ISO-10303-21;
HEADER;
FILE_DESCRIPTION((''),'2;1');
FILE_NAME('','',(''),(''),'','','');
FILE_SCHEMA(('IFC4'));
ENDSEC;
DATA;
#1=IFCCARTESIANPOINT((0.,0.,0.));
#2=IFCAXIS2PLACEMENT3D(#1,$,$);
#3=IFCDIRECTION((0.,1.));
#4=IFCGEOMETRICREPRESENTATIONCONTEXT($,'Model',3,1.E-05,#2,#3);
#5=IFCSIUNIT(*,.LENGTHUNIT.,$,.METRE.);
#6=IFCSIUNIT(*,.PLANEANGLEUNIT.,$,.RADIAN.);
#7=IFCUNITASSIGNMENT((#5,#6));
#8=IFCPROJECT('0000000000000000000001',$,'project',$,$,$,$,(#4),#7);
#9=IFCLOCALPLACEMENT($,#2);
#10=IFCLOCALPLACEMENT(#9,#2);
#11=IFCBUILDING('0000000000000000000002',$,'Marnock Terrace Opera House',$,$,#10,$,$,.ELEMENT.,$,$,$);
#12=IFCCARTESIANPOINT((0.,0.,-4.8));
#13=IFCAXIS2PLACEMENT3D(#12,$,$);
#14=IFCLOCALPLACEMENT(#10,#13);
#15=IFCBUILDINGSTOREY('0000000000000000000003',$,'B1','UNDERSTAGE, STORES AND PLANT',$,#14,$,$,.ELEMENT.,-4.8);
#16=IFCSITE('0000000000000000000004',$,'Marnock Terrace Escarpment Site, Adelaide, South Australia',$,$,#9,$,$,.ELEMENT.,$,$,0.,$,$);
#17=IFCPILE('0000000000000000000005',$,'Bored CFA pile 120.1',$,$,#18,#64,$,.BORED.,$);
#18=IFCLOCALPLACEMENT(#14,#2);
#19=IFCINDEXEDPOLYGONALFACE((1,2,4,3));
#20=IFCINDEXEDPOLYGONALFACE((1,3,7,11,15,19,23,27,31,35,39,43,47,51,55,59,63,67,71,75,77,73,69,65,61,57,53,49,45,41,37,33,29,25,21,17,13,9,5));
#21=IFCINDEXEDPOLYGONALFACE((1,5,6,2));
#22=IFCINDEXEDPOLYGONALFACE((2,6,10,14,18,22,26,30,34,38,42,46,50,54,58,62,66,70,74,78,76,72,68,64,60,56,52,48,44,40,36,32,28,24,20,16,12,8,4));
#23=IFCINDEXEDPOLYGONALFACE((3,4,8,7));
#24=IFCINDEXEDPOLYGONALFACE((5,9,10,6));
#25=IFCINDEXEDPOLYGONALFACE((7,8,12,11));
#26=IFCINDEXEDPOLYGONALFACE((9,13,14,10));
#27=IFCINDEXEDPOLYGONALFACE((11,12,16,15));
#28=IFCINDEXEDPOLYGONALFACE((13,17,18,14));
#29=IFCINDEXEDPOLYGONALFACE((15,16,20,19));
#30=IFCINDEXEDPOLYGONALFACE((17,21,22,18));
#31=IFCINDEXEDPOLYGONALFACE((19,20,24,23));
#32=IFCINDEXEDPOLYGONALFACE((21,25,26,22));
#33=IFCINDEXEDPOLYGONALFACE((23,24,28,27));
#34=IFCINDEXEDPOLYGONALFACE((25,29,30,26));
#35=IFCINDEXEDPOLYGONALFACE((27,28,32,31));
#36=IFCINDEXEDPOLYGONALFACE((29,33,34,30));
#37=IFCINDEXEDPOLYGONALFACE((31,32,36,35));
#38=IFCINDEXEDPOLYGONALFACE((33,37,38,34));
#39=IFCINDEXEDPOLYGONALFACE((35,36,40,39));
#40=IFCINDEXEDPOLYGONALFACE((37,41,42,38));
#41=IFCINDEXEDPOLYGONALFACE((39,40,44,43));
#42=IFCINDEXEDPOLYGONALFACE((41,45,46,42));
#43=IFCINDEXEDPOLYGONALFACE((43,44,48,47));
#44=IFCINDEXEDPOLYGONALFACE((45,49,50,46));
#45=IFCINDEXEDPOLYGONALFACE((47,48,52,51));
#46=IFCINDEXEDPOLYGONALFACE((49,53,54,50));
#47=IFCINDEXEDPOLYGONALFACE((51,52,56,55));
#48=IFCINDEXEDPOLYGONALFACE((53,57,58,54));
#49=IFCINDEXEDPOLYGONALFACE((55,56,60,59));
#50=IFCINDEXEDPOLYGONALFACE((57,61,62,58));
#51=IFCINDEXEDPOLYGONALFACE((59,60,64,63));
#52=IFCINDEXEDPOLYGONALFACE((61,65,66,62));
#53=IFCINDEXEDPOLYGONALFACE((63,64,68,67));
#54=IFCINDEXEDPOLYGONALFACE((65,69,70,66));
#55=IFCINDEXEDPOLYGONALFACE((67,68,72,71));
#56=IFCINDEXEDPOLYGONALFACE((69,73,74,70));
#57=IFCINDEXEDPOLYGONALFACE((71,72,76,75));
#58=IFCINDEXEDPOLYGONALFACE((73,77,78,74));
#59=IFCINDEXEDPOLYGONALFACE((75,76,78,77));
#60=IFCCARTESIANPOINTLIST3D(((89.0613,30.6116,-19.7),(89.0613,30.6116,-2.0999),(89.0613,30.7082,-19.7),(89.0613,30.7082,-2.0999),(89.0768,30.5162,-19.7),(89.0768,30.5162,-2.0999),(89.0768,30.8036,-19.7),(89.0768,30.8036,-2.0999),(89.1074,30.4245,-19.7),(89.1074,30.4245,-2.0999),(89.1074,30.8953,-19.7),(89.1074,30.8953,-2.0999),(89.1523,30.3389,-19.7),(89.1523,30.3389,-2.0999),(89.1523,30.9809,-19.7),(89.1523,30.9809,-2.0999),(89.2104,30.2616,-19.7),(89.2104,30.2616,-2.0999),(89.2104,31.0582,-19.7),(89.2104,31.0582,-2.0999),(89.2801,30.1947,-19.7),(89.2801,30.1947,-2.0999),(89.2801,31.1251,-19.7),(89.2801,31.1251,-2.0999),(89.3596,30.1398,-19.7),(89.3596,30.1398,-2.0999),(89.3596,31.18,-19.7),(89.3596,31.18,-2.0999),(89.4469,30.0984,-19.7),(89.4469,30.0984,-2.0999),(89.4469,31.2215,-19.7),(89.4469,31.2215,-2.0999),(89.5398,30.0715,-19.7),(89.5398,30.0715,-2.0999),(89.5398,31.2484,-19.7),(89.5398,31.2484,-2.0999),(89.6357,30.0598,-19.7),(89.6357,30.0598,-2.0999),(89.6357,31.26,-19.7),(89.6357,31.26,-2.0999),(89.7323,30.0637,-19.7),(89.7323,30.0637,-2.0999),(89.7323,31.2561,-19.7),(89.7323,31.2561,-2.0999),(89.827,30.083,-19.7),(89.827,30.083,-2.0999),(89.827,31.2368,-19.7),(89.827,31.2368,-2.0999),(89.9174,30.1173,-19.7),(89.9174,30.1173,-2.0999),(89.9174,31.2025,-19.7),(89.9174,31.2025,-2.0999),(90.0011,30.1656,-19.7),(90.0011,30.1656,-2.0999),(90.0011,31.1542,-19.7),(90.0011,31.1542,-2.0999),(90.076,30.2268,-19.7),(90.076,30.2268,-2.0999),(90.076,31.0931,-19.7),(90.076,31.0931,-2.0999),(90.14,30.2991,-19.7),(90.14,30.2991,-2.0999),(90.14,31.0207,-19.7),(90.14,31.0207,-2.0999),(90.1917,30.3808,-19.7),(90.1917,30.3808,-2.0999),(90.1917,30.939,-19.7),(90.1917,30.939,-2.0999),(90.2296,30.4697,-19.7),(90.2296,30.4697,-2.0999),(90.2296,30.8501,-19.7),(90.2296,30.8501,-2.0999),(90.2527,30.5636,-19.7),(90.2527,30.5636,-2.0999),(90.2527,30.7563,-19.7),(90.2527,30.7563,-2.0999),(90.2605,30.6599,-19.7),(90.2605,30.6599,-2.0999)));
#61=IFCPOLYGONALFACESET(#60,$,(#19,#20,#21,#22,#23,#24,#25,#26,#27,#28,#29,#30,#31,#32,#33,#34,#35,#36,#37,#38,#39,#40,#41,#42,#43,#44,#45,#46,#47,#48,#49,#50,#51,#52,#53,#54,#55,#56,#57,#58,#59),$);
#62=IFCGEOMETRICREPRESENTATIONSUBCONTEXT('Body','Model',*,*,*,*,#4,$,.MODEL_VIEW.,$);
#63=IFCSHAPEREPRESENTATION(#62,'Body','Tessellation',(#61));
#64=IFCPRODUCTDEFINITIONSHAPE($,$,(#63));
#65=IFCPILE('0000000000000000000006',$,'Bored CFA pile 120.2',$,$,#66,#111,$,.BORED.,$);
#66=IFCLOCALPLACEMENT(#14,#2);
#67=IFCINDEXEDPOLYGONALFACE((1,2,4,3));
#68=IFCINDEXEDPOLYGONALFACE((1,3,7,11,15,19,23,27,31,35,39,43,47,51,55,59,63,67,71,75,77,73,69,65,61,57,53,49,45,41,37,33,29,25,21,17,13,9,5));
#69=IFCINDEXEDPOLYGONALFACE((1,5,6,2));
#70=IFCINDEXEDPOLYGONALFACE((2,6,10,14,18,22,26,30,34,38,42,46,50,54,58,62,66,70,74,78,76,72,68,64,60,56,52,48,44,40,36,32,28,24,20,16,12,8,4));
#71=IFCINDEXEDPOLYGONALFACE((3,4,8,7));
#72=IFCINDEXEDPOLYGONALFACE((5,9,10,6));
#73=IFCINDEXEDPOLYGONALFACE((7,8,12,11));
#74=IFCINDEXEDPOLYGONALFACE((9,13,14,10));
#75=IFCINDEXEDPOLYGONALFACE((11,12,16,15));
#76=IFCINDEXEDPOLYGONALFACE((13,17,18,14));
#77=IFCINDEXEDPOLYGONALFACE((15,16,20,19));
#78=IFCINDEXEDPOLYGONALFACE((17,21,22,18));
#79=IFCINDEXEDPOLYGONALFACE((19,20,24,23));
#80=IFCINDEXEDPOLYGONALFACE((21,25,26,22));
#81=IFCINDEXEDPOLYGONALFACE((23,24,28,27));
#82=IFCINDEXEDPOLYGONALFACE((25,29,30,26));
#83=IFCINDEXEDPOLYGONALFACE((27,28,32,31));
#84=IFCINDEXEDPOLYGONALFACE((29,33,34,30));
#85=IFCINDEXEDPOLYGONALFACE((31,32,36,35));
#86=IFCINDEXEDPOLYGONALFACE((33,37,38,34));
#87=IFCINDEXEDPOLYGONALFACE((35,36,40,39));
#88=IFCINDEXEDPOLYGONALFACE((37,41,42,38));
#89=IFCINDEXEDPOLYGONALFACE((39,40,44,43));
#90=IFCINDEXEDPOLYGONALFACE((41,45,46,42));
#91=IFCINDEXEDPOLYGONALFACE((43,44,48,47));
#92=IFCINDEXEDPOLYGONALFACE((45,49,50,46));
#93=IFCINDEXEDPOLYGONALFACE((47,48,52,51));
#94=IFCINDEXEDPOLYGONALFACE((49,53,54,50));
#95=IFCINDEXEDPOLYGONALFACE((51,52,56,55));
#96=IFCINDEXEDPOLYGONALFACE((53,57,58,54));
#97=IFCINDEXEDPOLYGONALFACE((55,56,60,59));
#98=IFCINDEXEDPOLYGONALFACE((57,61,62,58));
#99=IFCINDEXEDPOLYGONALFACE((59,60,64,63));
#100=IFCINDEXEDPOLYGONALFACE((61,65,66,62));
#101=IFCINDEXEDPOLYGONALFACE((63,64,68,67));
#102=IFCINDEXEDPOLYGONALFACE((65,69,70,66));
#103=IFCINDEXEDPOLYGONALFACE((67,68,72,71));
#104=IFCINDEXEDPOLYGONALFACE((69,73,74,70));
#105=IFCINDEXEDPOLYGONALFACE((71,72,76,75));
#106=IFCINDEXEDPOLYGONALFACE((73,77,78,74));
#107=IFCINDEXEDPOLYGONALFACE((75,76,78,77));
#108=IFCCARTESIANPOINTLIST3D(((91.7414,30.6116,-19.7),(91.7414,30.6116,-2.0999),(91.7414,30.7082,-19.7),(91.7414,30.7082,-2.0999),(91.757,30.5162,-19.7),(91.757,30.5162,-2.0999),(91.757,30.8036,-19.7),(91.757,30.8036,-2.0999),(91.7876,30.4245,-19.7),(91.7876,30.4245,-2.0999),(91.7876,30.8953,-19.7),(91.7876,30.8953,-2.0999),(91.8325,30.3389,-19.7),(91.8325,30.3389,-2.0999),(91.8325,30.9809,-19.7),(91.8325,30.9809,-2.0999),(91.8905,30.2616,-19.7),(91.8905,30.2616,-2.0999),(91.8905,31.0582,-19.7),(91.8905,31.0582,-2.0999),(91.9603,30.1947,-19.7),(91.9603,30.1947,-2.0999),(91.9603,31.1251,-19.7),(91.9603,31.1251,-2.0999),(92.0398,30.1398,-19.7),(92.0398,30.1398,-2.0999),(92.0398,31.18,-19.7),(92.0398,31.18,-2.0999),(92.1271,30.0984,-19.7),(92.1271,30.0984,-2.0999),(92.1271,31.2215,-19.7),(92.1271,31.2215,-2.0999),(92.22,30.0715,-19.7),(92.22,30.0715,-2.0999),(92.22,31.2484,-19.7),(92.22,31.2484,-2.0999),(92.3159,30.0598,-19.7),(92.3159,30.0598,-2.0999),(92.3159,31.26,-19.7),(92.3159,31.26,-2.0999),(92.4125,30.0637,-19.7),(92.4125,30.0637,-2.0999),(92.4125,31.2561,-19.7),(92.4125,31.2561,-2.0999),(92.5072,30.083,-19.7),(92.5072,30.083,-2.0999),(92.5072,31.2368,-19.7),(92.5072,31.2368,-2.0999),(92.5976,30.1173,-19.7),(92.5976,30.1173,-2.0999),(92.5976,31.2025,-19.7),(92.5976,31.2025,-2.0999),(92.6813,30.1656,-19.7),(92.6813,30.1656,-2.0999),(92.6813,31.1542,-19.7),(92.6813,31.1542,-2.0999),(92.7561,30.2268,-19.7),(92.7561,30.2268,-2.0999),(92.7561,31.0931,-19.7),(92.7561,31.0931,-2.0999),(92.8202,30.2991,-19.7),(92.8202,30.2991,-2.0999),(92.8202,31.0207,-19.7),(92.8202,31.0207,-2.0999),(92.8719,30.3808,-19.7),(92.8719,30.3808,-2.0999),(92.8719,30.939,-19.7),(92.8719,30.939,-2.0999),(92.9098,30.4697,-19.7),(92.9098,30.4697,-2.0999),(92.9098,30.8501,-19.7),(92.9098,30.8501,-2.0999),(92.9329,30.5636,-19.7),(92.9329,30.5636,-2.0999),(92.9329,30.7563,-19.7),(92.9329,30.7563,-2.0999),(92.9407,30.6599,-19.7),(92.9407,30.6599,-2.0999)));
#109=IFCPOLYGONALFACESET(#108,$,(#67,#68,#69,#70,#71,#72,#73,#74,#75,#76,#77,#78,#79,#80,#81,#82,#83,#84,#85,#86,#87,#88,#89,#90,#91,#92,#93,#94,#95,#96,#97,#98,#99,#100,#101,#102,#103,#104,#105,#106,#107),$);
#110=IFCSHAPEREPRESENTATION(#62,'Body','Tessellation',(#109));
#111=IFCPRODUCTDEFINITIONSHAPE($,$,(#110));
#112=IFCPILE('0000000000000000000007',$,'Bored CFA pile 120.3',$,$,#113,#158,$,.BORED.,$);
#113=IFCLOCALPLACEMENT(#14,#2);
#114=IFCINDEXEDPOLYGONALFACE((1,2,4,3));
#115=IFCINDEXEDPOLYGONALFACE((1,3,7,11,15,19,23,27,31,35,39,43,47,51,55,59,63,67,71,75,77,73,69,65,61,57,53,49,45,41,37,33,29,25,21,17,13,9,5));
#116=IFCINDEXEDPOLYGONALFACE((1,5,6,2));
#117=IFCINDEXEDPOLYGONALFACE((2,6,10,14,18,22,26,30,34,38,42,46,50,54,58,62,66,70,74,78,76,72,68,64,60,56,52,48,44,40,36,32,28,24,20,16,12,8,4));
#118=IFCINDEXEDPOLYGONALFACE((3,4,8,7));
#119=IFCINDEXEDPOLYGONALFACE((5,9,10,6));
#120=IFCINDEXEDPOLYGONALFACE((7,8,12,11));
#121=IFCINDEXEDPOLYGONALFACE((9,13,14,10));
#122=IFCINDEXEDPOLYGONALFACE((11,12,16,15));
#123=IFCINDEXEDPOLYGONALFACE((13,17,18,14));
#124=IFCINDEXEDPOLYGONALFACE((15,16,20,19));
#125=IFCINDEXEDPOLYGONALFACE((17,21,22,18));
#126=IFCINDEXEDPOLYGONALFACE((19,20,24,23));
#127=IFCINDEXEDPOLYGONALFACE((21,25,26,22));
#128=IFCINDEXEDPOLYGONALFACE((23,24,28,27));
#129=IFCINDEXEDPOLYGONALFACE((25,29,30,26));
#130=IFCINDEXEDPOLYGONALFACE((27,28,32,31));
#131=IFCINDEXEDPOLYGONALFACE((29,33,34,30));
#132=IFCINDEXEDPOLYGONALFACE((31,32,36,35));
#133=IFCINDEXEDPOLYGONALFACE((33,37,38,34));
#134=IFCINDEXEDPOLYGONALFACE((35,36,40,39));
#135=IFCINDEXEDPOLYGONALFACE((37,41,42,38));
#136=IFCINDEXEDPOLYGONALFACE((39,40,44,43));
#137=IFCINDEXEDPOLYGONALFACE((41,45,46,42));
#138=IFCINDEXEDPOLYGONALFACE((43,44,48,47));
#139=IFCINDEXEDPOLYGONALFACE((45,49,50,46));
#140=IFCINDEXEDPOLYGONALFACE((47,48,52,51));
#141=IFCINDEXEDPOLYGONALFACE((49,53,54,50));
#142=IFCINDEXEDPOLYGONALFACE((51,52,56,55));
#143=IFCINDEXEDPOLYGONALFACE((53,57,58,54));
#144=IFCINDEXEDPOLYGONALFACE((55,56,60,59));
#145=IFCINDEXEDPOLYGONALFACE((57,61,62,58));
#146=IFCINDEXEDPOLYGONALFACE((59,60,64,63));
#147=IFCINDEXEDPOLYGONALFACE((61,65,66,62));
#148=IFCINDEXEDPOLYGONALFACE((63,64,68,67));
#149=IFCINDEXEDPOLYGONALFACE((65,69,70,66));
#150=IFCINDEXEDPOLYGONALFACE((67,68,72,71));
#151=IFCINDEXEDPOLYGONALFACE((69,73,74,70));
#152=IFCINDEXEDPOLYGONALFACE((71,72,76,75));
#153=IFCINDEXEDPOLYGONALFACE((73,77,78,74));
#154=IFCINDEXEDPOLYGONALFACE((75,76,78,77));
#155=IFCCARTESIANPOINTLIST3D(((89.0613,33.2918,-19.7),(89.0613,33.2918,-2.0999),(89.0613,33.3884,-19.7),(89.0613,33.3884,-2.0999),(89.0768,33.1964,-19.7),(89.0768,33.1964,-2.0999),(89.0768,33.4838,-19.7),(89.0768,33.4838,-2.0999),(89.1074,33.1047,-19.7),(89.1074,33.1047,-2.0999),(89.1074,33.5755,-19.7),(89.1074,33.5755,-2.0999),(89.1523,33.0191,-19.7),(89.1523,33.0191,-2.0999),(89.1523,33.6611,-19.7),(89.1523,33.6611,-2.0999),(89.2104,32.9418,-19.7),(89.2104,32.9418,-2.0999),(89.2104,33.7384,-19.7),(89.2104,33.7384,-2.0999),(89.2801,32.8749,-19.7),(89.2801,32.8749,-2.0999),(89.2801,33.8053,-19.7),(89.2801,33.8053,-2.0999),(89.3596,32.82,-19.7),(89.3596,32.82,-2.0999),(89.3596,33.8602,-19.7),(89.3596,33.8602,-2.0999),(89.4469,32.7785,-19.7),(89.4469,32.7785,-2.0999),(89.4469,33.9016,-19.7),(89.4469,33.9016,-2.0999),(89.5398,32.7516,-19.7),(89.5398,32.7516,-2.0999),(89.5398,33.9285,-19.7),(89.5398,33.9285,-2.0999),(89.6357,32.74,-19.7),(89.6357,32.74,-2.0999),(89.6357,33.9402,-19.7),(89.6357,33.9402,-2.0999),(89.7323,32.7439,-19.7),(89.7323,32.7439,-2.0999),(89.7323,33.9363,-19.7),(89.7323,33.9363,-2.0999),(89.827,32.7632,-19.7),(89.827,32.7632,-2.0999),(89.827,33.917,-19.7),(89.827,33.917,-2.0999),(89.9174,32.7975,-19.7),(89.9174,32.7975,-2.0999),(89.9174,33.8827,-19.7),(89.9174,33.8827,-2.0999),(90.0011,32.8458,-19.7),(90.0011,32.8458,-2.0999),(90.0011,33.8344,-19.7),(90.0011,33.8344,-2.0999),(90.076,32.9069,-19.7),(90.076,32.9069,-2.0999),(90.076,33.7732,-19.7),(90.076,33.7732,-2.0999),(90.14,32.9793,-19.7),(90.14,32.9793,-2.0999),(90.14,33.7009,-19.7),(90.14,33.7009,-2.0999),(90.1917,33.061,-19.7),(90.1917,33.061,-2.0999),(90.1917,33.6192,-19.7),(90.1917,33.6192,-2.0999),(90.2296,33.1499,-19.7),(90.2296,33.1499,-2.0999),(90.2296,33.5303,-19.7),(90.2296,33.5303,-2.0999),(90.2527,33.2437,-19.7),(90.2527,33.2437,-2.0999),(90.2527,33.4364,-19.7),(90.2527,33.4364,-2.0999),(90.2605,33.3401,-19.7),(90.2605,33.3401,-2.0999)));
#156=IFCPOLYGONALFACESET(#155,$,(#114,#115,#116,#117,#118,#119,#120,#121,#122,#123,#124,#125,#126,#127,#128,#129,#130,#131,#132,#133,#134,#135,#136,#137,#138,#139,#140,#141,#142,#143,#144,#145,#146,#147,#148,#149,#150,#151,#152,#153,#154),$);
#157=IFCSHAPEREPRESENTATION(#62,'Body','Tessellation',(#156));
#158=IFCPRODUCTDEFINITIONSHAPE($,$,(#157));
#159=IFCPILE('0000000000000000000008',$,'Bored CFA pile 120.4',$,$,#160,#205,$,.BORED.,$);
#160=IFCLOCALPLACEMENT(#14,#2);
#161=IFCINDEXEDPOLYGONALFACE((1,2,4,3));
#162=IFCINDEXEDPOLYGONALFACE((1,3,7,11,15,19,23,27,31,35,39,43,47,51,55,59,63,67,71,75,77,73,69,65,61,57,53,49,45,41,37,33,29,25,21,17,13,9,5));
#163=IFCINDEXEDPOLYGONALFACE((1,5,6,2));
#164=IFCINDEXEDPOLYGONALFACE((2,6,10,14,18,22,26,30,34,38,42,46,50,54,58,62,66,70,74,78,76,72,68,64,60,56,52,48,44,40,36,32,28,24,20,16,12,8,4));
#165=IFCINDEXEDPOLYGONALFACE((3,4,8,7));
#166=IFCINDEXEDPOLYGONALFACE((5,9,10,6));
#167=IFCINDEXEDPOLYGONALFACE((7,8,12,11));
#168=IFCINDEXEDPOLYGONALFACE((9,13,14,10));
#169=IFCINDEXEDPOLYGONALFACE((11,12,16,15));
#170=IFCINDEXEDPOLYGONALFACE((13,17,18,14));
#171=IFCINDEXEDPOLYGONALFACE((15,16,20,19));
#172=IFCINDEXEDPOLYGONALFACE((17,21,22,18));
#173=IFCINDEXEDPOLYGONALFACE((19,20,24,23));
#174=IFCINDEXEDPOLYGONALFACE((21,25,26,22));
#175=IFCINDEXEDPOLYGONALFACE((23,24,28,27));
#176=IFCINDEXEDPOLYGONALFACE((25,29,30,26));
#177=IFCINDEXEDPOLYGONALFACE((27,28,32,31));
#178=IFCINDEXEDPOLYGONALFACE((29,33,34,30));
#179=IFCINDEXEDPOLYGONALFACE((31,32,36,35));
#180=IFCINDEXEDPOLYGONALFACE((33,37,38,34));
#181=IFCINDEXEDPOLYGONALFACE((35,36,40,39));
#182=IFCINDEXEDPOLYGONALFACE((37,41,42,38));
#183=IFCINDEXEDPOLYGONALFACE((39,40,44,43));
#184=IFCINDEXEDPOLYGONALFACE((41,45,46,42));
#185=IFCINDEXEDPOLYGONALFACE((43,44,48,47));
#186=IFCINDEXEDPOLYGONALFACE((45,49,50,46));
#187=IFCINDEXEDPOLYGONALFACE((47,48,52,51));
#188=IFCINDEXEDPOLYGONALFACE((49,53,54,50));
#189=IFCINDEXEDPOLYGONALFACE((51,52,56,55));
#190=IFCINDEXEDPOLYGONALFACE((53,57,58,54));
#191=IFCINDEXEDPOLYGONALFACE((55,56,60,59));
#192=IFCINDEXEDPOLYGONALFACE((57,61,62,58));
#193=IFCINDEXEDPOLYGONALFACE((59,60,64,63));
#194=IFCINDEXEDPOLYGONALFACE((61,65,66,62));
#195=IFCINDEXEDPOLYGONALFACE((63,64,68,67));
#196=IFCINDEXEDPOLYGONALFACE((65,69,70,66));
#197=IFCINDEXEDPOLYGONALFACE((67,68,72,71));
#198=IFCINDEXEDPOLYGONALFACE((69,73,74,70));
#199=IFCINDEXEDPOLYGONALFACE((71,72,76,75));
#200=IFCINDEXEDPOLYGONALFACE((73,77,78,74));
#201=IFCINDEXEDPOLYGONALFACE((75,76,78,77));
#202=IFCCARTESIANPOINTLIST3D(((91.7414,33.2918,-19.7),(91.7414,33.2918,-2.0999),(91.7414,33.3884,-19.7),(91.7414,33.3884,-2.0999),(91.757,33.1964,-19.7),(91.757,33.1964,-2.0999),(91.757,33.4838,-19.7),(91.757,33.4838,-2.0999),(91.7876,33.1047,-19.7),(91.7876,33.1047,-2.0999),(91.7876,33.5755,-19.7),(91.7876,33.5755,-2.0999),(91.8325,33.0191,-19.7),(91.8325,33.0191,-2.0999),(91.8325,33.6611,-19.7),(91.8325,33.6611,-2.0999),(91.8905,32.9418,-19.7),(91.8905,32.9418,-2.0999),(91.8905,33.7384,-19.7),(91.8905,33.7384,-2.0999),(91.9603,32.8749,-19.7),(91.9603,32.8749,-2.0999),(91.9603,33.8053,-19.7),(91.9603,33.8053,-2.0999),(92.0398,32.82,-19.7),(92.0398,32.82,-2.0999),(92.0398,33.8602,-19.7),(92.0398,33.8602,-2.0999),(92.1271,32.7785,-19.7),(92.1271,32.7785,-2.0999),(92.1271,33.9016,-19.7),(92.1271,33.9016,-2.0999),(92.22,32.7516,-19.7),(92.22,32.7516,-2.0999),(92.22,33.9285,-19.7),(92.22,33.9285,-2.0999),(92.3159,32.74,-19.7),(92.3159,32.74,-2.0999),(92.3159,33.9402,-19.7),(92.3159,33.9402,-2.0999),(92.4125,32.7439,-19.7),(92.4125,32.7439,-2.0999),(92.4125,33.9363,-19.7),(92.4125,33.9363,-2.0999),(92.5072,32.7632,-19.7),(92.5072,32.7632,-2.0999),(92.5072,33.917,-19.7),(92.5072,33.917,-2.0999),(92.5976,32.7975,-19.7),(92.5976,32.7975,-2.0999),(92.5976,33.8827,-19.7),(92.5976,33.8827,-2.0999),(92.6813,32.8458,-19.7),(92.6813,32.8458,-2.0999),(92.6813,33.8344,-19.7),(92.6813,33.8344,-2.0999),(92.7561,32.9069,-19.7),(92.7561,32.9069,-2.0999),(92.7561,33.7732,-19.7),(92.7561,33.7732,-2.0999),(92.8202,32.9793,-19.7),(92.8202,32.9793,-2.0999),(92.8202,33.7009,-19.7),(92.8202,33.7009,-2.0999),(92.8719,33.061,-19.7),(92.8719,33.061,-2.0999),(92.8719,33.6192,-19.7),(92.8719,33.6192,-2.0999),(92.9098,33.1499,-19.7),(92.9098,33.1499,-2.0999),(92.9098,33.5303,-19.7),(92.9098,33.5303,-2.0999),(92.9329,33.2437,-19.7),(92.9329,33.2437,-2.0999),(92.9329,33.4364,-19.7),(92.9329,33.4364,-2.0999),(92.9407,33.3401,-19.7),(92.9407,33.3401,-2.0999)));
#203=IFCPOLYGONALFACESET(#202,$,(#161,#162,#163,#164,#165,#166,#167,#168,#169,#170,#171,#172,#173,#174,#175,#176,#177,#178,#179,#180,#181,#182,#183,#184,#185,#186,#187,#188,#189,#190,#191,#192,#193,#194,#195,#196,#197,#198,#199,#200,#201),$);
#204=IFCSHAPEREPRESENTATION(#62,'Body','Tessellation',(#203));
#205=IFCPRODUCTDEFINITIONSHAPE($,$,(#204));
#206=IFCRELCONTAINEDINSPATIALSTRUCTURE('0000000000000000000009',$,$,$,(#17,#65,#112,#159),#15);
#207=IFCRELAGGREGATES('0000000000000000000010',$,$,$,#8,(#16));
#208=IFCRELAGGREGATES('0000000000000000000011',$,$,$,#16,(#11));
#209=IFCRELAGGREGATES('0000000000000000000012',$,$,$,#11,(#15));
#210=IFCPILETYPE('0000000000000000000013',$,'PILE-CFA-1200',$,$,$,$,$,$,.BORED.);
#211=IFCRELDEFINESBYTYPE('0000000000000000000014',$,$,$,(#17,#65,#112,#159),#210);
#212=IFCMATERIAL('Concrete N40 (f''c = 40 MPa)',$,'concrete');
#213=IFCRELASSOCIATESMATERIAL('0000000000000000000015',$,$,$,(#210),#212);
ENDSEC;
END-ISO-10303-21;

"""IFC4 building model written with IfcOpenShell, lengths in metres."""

from ifc_helpers import new_model, si_unit, direction, frame, origin, origin_2d, place, context, subcontext, project, spatial, circle, extrude, material, material_profile, profile_set, type_object, element, save


model = new_model("IFC4")

# Units and contexts
model_context = context("Model", 3, precision=1e-05, world=origin(), true_north=direction((0.0, 1.0)))
body_context = subcontext(model_context, "Body", "Model", "MODEL_VIEW")
ifc_project = project(units=[si_unit("LENGTHUNIT", "METRE"), si_unit("PLANEANGLEUNIT", "RADIAN")], contexts=[model_context])

# Site, building, storey
site_placement = place(None, origin())
site = spatial("IfcSite", under=ifc_project, at=site_placement, Name="Marnock Terrace Escarpment Site, Adelaide, South Australia", CompositionType="ELEMENT", RefElevation=0.0)
building_placement = place(site_placement, origin())
building = spatial("IfcBuilding", under=site, at=building_placement, Name="Marnock Terrace Opera House", CompositionType="ELEMENT")
storey_placement = place(building_placement, frame((0.0, 0.0, -4.8)))
storey = spatial("IfcBuildingStorey", under=building, at=storey_placement, Name="B1", Description="UNDERSTAGE, STORES AND PLANT", CompositionType="ELEMENT", Elevation=-4.8)

# Shared definitions
ifc_material_1 = material(Name="Concrete N40 (f'c = 40 MPa)", Category="concrete")

# Piles
ifc_material_profile_1 = material_profile(ifc_material_1, circle(Radius=0.6006, at=origin_2d()))
ifc_profile_set_1 = profile_set([ifc_material_profile_1], Name="Concrete N40 (f'c = 40 MPa)")
pile_type = type_object("IfcPileType", Name="PILE-CFA-1200", PredefinedType="BORED", material=ifc_profile_set_1)
for number, where, z_axis, x_axis, name in (
    (1, (89.6599, 30.6599, -2.0999), (0.0, 0.0, -1.0), (1.0, 0.0, 0.0), "Bored CFA pile 120.1"),
    (2, (92.3401, 30.6599, -2.0999), (0.0, 0.0, -1.0), (1.0, 0.0, 0.0), "Bored CFA pile 120.2"),
    (3, (89.6599, 33.3401, -2.0999), (0.0, 0.0, -1.0), (1.0, 0.0, 0.0), "Bored CFA pile 120.3"),
    (4, (92.3401, 33.3401, -2.0999), (0.0, 0.0, -1.0), (1.0, 0.0, 0.0), "Bored CFA pile 120.4"),
):
    element("IfcPile", number, at=place(storey_placement, frame(where, z_axis=z_axis, x_axis=x_axis)), inside=storey, type_object=pile_type, Name=name, PredefinedType="BORED", context=body_context, shape_type="SweptSolid", body=[
        extrude(circle(Radius=0.6006, at=origin_2d()), origin(), (0.0, 0.0, 1.0), 17.6001),
    ])

save(model, "model.ifc")
